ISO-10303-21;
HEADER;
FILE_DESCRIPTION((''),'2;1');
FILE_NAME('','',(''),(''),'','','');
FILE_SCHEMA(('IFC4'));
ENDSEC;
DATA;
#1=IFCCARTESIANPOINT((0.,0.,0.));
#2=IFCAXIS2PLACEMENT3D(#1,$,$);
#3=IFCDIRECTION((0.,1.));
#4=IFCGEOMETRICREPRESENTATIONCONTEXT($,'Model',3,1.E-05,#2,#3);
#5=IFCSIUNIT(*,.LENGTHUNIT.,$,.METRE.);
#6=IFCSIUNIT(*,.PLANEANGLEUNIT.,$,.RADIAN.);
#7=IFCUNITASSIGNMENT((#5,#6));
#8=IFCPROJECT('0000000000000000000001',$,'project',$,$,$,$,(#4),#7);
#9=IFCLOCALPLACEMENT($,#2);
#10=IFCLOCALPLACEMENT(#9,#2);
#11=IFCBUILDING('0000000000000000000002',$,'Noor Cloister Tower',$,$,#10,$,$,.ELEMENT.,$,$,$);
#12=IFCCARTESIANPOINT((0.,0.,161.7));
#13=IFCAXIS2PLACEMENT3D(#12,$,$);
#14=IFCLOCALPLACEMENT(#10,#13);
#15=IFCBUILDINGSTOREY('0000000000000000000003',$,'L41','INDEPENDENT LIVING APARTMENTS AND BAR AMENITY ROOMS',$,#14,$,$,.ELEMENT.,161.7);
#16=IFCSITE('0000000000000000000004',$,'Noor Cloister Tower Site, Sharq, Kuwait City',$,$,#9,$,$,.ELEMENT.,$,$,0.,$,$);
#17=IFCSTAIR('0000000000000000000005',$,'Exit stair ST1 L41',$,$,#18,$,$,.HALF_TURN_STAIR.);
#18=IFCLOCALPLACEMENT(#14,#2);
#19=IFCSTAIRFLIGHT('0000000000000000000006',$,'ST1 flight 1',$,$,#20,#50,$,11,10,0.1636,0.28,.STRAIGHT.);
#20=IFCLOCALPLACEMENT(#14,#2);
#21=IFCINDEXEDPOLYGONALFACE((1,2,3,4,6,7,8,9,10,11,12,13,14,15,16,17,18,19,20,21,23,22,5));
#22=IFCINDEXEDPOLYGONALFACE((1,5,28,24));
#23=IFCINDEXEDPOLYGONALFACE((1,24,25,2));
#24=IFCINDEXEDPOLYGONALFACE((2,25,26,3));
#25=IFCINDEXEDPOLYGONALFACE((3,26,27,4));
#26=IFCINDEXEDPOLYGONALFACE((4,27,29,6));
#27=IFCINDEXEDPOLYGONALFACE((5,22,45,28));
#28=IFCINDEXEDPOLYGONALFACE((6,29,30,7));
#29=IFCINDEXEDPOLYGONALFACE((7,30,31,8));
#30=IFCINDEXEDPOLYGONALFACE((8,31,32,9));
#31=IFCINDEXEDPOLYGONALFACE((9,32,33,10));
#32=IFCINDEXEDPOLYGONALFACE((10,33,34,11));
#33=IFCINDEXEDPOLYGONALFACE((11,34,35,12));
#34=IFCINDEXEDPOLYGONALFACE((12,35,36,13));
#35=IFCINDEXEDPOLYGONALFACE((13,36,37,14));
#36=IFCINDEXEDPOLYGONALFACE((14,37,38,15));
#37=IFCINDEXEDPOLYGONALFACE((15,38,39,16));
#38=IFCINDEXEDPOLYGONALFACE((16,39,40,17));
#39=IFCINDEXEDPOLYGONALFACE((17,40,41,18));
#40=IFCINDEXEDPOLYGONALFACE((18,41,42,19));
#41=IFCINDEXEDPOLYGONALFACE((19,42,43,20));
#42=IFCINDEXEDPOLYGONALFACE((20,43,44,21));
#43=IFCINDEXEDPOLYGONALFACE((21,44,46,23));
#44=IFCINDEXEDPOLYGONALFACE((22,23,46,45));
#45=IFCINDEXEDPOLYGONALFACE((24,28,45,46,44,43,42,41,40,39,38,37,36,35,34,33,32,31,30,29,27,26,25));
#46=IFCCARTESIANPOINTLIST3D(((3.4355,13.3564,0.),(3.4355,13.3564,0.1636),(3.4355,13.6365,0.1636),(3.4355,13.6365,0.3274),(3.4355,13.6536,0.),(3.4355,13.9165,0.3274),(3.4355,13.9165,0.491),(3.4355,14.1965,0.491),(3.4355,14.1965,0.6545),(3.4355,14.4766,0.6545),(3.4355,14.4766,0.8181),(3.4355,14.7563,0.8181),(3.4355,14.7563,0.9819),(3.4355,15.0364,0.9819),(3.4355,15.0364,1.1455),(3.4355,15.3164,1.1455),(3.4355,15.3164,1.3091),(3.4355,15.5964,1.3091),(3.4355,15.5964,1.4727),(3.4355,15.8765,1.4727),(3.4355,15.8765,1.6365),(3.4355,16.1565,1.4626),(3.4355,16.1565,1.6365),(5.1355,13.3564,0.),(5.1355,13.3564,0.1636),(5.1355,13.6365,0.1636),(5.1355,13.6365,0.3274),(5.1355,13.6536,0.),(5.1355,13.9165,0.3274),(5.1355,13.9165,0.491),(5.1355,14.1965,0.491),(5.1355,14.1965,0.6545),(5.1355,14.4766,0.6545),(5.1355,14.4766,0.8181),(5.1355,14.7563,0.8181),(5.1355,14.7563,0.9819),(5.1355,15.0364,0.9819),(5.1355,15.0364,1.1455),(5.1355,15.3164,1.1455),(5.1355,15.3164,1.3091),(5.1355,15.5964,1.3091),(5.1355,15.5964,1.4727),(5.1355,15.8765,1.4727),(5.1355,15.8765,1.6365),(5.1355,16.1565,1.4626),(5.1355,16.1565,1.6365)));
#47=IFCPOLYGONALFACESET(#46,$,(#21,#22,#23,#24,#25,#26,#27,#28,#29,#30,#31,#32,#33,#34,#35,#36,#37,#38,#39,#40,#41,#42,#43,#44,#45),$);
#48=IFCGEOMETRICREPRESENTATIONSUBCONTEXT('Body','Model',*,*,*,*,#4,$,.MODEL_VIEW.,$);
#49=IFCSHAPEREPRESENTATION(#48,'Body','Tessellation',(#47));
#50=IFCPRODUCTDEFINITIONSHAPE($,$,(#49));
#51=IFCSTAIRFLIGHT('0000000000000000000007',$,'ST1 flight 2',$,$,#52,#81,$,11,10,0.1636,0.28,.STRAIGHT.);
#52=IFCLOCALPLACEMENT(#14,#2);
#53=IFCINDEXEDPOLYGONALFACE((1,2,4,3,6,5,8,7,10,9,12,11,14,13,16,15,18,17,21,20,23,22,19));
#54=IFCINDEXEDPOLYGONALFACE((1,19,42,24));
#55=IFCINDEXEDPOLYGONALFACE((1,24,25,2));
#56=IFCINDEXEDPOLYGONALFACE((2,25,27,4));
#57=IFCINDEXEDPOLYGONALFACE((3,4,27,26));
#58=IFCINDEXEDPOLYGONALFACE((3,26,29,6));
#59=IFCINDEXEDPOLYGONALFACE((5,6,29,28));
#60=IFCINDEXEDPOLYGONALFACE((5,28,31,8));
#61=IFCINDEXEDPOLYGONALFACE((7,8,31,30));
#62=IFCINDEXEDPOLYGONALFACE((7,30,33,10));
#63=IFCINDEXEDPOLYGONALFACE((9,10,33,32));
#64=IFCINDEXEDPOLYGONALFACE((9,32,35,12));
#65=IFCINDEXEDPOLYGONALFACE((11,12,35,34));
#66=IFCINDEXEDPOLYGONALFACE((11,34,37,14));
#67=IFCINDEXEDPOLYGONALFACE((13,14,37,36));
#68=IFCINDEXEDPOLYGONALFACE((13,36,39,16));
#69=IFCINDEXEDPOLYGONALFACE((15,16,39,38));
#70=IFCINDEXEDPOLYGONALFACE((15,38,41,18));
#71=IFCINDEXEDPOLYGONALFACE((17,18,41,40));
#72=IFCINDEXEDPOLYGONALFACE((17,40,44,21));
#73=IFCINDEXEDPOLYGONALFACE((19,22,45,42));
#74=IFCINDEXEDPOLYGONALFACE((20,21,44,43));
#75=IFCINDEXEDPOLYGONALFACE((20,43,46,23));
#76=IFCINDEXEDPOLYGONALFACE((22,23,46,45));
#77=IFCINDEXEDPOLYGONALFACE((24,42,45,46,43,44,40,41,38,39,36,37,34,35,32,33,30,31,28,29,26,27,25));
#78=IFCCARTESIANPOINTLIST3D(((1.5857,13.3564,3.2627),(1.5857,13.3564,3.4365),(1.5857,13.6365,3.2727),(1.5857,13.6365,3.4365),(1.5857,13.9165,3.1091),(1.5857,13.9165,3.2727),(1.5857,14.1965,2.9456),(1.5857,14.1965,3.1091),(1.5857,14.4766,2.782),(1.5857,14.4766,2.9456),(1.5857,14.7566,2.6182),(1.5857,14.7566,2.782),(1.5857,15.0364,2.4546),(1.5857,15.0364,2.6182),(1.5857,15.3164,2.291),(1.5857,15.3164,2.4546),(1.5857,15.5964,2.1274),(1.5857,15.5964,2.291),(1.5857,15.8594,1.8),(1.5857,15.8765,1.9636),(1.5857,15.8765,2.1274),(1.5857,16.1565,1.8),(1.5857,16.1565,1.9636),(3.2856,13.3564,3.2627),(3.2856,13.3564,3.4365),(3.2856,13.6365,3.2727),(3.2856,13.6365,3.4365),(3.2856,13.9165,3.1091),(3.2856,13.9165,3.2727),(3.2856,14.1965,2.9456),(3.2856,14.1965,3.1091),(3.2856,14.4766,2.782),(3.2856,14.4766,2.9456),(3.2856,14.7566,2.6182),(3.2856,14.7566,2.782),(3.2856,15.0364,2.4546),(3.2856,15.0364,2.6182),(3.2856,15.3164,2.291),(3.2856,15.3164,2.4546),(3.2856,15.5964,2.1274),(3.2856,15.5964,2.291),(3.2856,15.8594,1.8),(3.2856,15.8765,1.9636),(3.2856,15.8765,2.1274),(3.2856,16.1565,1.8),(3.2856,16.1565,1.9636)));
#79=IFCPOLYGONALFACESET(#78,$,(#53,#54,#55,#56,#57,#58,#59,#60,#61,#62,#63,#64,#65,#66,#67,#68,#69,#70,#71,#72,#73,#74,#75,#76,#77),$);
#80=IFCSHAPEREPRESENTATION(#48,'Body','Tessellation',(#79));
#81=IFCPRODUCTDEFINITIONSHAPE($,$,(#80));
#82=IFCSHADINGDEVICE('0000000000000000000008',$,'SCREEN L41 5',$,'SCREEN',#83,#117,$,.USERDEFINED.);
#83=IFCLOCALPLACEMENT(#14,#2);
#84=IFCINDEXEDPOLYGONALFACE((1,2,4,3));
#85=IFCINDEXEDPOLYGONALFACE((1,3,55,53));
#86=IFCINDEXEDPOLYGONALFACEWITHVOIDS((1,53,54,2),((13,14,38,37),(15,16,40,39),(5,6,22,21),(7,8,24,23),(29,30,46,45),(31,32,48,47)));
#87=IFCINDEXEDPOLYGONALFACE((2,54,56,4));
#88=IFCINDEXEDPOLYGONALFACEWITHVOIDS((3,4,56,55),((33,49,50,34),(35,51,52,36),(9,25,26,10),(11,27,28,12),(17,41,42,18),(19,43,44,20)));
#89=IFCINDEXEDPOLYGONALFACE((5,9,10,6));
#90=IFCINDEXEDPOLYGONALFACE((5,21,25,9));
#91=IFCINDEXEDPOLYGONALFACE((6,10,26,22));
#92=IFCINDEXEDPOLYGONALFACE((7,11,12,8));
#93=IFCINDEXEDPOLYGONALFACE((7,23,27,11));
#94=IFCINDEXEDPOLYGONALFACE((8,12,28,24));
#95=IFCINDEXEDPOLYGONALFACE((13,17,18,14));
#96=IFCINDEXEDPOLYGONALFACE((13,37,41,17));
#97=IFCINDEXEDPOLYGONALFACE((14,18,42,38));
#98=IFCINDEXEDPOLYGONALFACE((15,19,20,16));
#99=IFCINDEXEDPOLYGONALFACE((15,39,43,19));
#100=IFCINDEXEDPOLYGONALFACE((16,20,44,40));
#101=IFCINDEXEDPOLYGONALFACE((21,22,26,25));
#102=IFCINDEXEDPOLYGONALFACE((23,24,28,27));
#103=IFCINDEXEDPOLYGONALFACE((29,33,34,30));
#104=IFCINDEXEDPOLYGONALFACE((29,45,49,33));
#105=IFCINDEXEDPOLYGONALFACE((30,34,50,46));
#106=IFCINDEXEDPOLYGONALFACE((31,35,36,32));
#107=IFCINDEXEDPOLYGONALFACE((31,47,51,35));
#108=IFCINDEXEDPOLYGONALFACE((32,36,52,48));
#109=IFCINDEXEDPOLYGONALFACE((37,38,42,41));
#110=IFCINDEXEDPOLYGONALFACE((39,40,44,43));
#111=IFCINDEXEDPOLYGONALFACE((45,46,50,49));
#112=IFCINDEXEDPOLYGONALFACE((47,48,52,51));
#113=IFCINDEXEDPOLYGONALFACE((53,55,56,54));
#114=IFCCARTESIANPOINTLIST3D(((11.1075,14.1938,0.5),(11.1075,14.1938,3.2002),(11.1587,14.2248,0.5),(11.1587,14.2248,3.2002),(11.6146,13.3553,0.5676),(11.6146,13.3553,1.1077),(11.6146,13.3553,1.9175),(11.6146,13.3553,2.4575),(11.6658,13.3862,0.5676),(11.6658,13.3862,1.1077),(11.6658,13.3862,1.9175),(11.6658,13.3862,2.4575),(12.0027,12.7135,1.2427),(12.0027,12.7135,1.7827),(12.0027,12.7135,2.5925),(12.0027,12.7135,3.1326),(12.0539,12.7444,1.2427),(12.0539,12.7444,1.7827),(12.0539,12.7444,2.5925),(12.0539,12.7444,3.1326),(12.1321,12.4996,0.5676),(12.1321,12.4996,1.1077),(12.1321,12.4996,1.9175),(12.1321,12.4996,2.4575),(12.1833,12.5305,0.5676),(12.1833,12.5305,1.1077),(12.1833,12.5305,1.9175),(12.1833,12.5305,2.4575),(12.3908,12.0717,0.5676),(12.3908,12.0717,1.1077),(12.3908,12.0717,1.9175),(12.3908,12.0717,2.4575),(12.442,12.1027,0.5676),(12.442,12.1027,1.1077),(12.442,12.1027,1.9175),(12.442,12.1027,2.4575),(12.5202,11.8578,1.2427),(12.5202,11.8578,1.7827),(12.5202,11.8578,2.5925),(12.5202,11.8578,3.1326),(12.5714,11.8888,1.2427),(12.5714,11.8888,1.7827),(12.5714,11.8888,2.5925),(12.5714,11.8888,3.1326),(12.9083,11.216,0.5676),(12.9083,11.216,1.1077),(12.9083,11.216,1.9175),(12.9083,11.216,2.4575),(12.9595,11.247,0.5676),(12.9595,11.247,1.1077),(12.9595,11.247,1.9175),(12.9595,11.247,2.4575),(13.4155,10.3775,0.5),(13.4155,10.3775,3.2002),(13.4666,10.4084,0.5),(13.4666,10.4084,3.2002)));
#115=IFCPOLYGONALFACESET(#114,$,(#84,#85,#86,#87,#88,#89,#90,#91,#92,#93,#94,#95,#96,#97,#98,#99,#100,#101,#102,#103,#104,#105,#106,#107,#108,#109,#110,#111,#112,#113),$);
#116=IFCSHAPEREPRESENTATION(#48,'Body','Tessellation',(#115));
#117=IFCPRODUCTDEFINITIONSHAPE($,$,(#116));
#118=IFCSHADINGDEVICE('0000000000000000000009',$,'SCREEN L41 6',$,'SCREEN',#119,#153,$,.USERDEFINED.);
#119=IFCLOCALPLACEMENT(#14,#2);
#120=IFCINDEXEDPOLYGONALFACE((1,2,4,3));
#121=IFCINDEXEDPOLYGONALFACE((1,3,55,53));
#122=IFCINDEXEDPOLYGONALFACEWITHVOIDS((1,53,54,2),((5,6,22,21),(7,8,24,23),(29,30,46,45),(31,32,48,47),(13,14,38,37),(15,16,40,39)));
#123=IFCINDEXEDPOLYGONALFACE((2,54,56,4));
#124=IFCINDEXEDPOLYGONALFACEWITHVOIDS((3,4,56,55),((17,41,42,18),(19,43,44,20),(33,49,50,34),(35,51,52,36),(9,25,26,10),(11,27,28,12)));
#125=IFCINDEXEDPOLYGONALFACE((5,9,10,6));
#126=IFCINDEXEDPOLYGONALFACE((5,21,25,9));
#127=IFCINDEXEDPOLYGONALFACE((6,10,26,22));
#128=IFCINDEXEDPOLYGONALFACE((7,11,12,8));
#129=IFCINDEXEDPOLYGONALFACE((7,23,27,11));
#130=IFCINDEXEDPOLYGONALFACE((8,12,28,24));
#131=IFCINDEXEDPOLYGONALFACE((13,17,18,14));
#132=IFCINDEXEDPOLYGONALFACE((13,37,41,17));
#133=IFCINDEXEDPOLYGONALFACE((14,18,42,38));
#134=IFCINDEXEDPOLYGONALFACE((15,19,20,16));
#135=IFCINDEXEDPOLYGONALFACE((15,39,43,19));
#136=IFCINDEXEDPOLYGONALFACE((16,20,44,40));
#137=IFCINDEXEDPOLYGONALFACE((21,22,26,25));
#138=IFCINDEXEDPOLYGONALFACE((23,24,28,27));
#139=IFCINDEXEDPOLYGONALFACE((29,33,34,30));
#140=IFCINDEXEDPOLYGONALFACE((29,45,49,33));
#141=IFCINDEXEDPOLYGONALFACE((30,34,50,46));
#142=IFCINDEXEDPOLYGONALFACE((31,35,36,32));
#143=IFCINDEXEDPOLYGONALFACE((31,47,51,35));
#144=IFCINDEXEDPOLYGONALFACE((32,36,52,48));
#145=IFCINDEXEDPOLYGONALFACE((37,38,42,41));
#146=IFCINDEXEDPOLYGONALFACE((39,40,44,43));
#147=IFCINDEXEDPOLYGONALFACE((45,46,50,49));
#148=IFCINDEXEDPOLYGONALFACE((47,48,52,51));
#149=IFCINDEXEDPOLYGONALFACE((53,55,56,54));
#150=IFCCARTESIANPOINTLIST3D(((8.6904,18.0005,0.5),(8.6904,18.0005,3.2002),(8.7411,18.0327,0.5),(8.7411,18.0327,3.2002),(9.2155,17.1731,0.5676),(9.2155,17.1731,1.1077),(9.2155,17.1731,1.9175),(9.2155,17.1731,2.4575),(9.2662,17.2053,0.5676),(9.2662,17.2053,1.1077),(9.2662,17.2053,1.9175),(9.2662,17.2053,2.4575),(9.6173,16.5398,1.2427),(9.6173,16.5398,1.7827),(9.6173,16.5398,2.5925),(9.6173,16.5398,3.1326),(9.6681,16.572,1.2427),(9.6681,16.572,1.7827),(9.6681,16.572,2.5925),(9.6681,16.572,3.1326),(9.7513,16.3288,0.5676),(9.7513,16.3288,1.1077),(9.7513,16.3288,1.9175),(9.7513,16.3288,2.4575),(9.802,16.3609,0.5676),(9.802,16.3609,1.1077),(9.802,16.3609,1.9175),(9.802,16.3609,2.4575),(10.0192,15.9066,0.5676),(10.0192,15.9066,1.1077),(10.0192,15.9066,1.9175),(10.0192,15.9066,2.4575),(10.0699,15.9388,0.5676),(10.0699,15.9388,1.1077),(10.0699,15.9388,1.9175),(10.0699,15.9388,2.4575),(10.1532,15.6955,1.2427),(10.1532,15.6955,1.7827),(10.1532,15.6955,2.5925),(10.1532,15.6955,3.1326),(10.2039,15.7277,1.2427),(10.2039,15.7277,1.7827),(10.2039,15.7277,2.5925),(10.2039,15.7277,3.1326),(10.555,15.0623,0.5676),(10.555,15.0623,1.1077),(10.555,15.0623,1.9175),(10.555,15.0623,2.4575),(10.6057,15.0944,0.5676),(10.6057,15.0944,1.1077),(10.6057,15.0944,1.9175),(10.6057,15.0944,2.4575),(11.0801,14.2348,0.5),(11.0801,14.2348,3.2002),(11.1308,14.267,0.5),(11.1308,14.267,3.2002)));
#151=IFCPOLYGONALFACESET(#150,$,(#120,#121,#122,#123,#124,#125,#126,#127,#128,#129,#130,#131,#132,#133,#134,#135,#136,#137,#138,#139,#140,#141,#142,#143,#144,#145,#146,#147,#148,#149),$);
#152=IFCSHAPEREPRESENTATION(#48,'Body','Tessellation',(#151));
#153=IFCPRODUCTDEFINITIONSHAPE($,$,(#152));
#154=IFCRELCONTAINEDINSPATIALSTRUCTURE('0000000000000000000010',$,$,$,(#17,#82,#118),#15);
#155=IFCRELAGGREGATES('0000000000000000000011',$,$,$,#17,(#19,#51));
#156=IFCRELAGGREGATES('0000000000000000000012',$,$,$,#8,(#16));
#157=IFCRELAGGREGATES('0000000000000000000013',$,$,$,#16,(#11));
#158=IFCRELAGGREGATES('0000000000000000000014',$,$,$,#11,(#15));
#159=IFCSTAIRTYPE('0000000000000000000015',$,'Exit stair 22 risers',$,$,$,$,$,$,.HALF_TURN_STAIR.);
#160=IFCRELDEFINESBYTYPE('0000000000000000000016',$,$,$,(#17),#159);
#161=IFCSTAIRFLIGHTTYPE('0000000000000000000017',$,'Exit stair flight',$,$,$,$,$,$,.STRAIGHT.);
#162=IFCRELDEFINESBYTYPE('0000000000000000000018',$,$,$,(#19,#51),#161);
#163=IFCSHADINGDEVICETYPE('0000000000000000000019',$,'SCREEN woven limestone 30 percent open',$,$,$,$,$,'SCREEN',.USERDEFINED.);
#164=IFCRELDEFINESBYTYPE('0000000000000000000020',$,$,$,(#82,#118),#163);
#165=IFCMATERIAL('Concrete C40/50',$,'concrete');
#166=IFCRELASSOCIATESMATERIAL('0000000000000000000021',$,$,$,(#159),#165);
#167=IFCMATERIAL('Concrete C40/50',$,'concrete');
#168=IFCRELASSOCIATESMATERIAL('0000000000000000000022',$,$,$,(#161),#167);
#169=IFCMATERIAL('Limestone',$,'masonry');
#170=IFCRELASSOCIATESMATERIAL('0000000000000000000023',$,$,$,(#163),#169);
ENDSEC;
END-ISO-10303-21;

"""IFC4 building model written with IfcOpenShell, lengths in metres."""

from ifc_helpers import new_model, si_unit, direction, frame, origin, place, context, subcontext, project, spatial, polyline, outline, extrude, material, material_profile, profile_set, type_object, element, aggregate, save


model = new_model("IFC4")

# Units and contexts
model_context = context("Model", 3, precision=1e-05, world=origin(), true_north=direction((0.0, 1.0)))
body_context = subcontext(model_context, "Body", "Model", "MODEL_VIEW")
ifc_project = project(units=[si_unit("LENGTHUNIT", "METRE"), si_unit("PLANEANGLEUNIT", "RADIAN")], contexts=[model_context])

# Site, building, storey
site_placement = place(None, origin())
site = spatial("IfcSite", under=ifc_project, at=site_placement, Name="Noor Cloister Tower Site, Sharq, Kuwait City", CompositionType="ELEMENT", RefElevation=0.0)
building_placement = place(site_placement, origin())
building = spatial("IfcBuilding", under=site, at=building_placement, Name="Noor Cloister Tower", CompositionType="ELEMENT")
storey_placement = place(building_placement, frame((0.0, 0.0, 161.7)))
storey = spatial("IfcBuildingStorey", under=building, at=storey_placement, Name="L41", Description="INDEPENDENT LIVING APARTMENTS AND BAR AMENITY ROOMS", CompositionType="ELEMENT", Elevation=161.7)

# Stair, stair flights
ifc_material_1 = material(Name="Concrete C40/50", Category="concrete")
stair_type = type_object("IfcStairType", Name="Exit stair 22 risers", PredefinedType="HALF_TURN_STAIR", material=ifc_material_1)
stair_placement = place(storey_placement, origin())
stair = element("IfcStair", 1, at=stair_placement, inside=storey, type_object=stair_type, Name="Exit stair ST1 L41", PredefinedType="HALF_TURN_STAIR")
ifc_material_2 = material(Name="Concrete C40/50", Category="concrete")
stair_flight_type = type_object("IfcStairFlightType", Name="Exit stair flight", PredefinedType="STRAIGHT", material=ifc_material_2)
stair_flight_1_placement = place(storey_placement, frame((4.2856, 13.3564, 0.0), z_axis=(0.0, 0.0, 1.0), x_axis=(0.0, 1.0, 0.0)))
stair_flight_1 = element("IfcStairFlight", 2, at=stair_flight_1_placement, type_object=stair_flight_type, Name="ST1 flight 1", NumberOfRisers=11, NumberOfTreads=10, PredefinedType="STRAIGHT", RiserHeight=0.1636, TreadLength=0.28, context=body_context, shape_type="SweptSolid", body=[
    extrude(outline(polyline([(0.0, 0.0), (0.0, 0.1636), (0.28, 0.1636), (0.28, 0.3274), (0.5601, 0.3274), (0.5601, 0.491), (0.8401, 0.491), (0.8401, 0.6545), (1.1201, 0.6545), (1.1201, 0.8181), (1.3999, 0.8181), (1.3999, 0.9819), (1.6799, 0.9819), (1.6799, 1.1455), (1.96, 1.1455), (1.96, 1.3091), (2.24, 1.3091), (2.24, 1.4727), (2.52, 1.4727), (2.52, 1.6365), (2.8, 1.6365), (2.8, 1.8), (2.8, 1.4626), (0.2971, 0.0), (0.0, 0.0)])), frame((0.0, 0.8501, 0.0), z_axis=(0.0, -1.0, 0.0), x_axis=(1.0, 0.0, 0.0)), (0.0, 0.0, 1.0), 1.7),
])
stair_flight_2_placement = place(storey_placement, frame((2.4355, 16.1565, 1.8), z_axis=(0.0, 0.0, 1.0), x_axis=(0.0, -1.0, 0.0)))
stair_flight_2 = element("IfcStairFlight", 3, at=stair_flight_2_placement, type_object=stair_flight_type, Name="ST1 flight 2", NumberOfRisers=11, NumberOfTreads=10, PredefinedType="STRAIGHT", RiserHeight=0.1636, TreadLength=0.28, context=body_context, shape_type="SweptSolid", body=[
    extrude(outline(polyline([(0.0, 0.0), (0.0, 0.1636), (0.28, 0.1636), (0.28, 0.3274), (0.5601, 0.3274), (0.5601, 0.491), (0.8401, 0.491), (0.8401, 0.6545), (1.1201, 0.6545), (1.1201, 0.8181), (1.3999, 0.8181), (1.3999, 0.9819), (1.6799, 0.9819), (1.6799, 1.1455), (1.96, 1.1455), (1.96, 1.3091), (2.24, 1.3091), (2.24, 1.4727), (2.52, 1.4727), (2.52, 1.6365), (2.8, 1.6365), (2.8, 1.8), (2.8, 1.4626), (0.2971, 0.0), (0.0, 0.0)])), frame((0.0, 0.8501, 0.0), z_axis=(0.0, -1.0, 0.0), x_axis=(1.0, 0.0, 0.0)), (0.0, 0.0, 1.0), 1.7),
])
aggregate(stair, [stair_flight_1, stair_flight_2])

# Shading devices
ifc_material_3 = material(Name="Limestone", Category="masonry")
ifc_material_profile_1 = material_profile(ifc_material_3, outline(polyline([(-2.23, -1.3501), (2.23, -1.3501), (2.23, 1.3501), (-2.23, 1.3501), (-2.23, -1.3501)]), holes=[polyline([(-1.25, -1.2825), (-0.25, -1.2825), (-0.25, -0.7424), (-1.25, -0.7424), (-1.25, -1.2825)]), polyline([(0.25, -1.2825), (1.25, -1.2825), (1.25, -0.7424), (0.25, -0.7424), (0.25, -1.2825)]), polyline([(-0.5, -0.6074), (0.5, -0.6074), (0.5, -0.0674), (-0.5, -0.0674), (-0.5, -0.6074)]), polyline([(-1.25, 0.0674), (-0.25, 0.0674), (-0.25, 0.6074), (-1.25, 0.6074), (-1.25, 0.0674)]), polyline([(0.25, 0.0674), (1.25, 0.0674), (1.25, 0.6074), (0.25, 0.6074), (0.25, 0.0674)]), polyline([(-0.5, 0.7424), (0.5, 0.7424), (0.5, 1.2825), (-0.5, 1.2825), (-0.5, 0.7424)])]), Name="Woven screen 30 percent open")
ifc_profile_set_1 = profile_set([ifc_material_profile_1], Name="Limestone")
shading_device_type = type_object("IfcShadingDeviceType", Name="SCREEN woven limestone 30 percent open", ElementType="SCREEN", PredefinedType="USERDEFINED", material=ifc_profile_set_1)
shading_device_placement = place(storey_placement, frame((12.2615, 12.2856, 1.8501), z_axis=(0.85569, 0.517489, 0.0), x_axis=(-0.517489, 0.85569, 0.0)))
element("IfcShadingDevice", 4, at=shading_device_placement, inside=storey, type_object=shading_device_type, Name="SCREEN L41 5", ObjectType="SCREEN", PredefinedType="USERDEFINED", context=body_context, shape_type="SweptSolid", body=[
    extrude(outline(polyline([(-2.23, -1.3501), (2.23, -1.3501), (2.23, 1.3501), (-2.23, 1.3501), (-2.23, -1.3501)]), holes=[polyline([(-1.25, -1.2825), (-0.25, -1.2825), (-0.25, -0.7424), (-1.25, -0.7424), (-1.25, -1.2825)]), polyline([(0.25, -1.2825), (1.25, -1.2825), (1.25, -0.7424), (0.25, -0.7424), (0.25, -1.2825)]), polyline([(-0.5, -0.6074), (0.5, -0.6074), (0.5, -0.0674), (-0.5, -0.0674), (-0.5, -0.6074)]), polyline([(-1.25, 0.0674), (-0.25, 0.0674), (-0.25, 0.6074), (-1.25, 0.6074), (-1.25, 0.0674)]), polyline([(0.25, 0.0674), (1.25, 0.0674), (1.25, 0.6074), (0.25, 0.6074), (0.25, 0.0674)]), polyline([(-0.5, 0.7424), (0.5, 0.7424), (0.5, 1.2825), (-0.5, 1.2825), (-0.5, 0.7424)])]), origin(), (0.0, 0.0, 1.0), 0.0598),
])
for number, where, z_axis, x_axis, name in (
    (5, (9.8853, 16.1177, 1.8501), (0.844329, 0.535824, 0.0), (-0.535824, 0.844329, 0.0), "SCREEN L41 6"),
):
    element("IfcShadingDevice", number, at=place(storey_placement, frame(where, z_axis=z_axis, x_axis=x_axis)), inside=storey, type_object=shading_device_type, Name=name, ObjectType="SCREEN", PredefinedType="USERDEFINED", context=body_context, shape_type="SweptSolid", body=[
        extrude(outline(polyline([(-2.23, -1.3501), (2.23, -1.3501), (2.23, 1.3501), (-2.23, 1.3501), (-2.23, -1.3501)]), holes=[polyline([(-1.25, -1.2825), (-0.25, -1.2825), (-0.25, -0.7424), (-1.25, -0.7424), (-1.25, -1.2825)]), polyline([(0.25, -1.2825), (1.25, -1.2825), (1.25, -0.7424), (0.25, -0.7424), (0.25, -1.2825)]), polyline([(-0.5, -0.6074), (0.5, -0.6074), (0.5, -0.0674), (-0.5, -0.0674), (-0.5, -0.6074)]), polyline([(-1.25, 0.0674), (-0.25, 0.0674), (-0.25, 0.6074), (-1.25, 0.6074), (-1.25, 0.0674)]), polyline([(0.25, 0.0674), (1.25, 0.0674), (1.25, 0.6074), (0.25, 0.6074), (0.25, 0.0674)]), polyline([(-0.5, 0.7424), (0.5, 0.7424), (0.5, 1.2825), (-0.5, 1.2825), (-0.5, 0.7424)])]), origin(), (0.0, 0.0, 1.0), 0.0601),
    ])

save(model, "model.ifc")
